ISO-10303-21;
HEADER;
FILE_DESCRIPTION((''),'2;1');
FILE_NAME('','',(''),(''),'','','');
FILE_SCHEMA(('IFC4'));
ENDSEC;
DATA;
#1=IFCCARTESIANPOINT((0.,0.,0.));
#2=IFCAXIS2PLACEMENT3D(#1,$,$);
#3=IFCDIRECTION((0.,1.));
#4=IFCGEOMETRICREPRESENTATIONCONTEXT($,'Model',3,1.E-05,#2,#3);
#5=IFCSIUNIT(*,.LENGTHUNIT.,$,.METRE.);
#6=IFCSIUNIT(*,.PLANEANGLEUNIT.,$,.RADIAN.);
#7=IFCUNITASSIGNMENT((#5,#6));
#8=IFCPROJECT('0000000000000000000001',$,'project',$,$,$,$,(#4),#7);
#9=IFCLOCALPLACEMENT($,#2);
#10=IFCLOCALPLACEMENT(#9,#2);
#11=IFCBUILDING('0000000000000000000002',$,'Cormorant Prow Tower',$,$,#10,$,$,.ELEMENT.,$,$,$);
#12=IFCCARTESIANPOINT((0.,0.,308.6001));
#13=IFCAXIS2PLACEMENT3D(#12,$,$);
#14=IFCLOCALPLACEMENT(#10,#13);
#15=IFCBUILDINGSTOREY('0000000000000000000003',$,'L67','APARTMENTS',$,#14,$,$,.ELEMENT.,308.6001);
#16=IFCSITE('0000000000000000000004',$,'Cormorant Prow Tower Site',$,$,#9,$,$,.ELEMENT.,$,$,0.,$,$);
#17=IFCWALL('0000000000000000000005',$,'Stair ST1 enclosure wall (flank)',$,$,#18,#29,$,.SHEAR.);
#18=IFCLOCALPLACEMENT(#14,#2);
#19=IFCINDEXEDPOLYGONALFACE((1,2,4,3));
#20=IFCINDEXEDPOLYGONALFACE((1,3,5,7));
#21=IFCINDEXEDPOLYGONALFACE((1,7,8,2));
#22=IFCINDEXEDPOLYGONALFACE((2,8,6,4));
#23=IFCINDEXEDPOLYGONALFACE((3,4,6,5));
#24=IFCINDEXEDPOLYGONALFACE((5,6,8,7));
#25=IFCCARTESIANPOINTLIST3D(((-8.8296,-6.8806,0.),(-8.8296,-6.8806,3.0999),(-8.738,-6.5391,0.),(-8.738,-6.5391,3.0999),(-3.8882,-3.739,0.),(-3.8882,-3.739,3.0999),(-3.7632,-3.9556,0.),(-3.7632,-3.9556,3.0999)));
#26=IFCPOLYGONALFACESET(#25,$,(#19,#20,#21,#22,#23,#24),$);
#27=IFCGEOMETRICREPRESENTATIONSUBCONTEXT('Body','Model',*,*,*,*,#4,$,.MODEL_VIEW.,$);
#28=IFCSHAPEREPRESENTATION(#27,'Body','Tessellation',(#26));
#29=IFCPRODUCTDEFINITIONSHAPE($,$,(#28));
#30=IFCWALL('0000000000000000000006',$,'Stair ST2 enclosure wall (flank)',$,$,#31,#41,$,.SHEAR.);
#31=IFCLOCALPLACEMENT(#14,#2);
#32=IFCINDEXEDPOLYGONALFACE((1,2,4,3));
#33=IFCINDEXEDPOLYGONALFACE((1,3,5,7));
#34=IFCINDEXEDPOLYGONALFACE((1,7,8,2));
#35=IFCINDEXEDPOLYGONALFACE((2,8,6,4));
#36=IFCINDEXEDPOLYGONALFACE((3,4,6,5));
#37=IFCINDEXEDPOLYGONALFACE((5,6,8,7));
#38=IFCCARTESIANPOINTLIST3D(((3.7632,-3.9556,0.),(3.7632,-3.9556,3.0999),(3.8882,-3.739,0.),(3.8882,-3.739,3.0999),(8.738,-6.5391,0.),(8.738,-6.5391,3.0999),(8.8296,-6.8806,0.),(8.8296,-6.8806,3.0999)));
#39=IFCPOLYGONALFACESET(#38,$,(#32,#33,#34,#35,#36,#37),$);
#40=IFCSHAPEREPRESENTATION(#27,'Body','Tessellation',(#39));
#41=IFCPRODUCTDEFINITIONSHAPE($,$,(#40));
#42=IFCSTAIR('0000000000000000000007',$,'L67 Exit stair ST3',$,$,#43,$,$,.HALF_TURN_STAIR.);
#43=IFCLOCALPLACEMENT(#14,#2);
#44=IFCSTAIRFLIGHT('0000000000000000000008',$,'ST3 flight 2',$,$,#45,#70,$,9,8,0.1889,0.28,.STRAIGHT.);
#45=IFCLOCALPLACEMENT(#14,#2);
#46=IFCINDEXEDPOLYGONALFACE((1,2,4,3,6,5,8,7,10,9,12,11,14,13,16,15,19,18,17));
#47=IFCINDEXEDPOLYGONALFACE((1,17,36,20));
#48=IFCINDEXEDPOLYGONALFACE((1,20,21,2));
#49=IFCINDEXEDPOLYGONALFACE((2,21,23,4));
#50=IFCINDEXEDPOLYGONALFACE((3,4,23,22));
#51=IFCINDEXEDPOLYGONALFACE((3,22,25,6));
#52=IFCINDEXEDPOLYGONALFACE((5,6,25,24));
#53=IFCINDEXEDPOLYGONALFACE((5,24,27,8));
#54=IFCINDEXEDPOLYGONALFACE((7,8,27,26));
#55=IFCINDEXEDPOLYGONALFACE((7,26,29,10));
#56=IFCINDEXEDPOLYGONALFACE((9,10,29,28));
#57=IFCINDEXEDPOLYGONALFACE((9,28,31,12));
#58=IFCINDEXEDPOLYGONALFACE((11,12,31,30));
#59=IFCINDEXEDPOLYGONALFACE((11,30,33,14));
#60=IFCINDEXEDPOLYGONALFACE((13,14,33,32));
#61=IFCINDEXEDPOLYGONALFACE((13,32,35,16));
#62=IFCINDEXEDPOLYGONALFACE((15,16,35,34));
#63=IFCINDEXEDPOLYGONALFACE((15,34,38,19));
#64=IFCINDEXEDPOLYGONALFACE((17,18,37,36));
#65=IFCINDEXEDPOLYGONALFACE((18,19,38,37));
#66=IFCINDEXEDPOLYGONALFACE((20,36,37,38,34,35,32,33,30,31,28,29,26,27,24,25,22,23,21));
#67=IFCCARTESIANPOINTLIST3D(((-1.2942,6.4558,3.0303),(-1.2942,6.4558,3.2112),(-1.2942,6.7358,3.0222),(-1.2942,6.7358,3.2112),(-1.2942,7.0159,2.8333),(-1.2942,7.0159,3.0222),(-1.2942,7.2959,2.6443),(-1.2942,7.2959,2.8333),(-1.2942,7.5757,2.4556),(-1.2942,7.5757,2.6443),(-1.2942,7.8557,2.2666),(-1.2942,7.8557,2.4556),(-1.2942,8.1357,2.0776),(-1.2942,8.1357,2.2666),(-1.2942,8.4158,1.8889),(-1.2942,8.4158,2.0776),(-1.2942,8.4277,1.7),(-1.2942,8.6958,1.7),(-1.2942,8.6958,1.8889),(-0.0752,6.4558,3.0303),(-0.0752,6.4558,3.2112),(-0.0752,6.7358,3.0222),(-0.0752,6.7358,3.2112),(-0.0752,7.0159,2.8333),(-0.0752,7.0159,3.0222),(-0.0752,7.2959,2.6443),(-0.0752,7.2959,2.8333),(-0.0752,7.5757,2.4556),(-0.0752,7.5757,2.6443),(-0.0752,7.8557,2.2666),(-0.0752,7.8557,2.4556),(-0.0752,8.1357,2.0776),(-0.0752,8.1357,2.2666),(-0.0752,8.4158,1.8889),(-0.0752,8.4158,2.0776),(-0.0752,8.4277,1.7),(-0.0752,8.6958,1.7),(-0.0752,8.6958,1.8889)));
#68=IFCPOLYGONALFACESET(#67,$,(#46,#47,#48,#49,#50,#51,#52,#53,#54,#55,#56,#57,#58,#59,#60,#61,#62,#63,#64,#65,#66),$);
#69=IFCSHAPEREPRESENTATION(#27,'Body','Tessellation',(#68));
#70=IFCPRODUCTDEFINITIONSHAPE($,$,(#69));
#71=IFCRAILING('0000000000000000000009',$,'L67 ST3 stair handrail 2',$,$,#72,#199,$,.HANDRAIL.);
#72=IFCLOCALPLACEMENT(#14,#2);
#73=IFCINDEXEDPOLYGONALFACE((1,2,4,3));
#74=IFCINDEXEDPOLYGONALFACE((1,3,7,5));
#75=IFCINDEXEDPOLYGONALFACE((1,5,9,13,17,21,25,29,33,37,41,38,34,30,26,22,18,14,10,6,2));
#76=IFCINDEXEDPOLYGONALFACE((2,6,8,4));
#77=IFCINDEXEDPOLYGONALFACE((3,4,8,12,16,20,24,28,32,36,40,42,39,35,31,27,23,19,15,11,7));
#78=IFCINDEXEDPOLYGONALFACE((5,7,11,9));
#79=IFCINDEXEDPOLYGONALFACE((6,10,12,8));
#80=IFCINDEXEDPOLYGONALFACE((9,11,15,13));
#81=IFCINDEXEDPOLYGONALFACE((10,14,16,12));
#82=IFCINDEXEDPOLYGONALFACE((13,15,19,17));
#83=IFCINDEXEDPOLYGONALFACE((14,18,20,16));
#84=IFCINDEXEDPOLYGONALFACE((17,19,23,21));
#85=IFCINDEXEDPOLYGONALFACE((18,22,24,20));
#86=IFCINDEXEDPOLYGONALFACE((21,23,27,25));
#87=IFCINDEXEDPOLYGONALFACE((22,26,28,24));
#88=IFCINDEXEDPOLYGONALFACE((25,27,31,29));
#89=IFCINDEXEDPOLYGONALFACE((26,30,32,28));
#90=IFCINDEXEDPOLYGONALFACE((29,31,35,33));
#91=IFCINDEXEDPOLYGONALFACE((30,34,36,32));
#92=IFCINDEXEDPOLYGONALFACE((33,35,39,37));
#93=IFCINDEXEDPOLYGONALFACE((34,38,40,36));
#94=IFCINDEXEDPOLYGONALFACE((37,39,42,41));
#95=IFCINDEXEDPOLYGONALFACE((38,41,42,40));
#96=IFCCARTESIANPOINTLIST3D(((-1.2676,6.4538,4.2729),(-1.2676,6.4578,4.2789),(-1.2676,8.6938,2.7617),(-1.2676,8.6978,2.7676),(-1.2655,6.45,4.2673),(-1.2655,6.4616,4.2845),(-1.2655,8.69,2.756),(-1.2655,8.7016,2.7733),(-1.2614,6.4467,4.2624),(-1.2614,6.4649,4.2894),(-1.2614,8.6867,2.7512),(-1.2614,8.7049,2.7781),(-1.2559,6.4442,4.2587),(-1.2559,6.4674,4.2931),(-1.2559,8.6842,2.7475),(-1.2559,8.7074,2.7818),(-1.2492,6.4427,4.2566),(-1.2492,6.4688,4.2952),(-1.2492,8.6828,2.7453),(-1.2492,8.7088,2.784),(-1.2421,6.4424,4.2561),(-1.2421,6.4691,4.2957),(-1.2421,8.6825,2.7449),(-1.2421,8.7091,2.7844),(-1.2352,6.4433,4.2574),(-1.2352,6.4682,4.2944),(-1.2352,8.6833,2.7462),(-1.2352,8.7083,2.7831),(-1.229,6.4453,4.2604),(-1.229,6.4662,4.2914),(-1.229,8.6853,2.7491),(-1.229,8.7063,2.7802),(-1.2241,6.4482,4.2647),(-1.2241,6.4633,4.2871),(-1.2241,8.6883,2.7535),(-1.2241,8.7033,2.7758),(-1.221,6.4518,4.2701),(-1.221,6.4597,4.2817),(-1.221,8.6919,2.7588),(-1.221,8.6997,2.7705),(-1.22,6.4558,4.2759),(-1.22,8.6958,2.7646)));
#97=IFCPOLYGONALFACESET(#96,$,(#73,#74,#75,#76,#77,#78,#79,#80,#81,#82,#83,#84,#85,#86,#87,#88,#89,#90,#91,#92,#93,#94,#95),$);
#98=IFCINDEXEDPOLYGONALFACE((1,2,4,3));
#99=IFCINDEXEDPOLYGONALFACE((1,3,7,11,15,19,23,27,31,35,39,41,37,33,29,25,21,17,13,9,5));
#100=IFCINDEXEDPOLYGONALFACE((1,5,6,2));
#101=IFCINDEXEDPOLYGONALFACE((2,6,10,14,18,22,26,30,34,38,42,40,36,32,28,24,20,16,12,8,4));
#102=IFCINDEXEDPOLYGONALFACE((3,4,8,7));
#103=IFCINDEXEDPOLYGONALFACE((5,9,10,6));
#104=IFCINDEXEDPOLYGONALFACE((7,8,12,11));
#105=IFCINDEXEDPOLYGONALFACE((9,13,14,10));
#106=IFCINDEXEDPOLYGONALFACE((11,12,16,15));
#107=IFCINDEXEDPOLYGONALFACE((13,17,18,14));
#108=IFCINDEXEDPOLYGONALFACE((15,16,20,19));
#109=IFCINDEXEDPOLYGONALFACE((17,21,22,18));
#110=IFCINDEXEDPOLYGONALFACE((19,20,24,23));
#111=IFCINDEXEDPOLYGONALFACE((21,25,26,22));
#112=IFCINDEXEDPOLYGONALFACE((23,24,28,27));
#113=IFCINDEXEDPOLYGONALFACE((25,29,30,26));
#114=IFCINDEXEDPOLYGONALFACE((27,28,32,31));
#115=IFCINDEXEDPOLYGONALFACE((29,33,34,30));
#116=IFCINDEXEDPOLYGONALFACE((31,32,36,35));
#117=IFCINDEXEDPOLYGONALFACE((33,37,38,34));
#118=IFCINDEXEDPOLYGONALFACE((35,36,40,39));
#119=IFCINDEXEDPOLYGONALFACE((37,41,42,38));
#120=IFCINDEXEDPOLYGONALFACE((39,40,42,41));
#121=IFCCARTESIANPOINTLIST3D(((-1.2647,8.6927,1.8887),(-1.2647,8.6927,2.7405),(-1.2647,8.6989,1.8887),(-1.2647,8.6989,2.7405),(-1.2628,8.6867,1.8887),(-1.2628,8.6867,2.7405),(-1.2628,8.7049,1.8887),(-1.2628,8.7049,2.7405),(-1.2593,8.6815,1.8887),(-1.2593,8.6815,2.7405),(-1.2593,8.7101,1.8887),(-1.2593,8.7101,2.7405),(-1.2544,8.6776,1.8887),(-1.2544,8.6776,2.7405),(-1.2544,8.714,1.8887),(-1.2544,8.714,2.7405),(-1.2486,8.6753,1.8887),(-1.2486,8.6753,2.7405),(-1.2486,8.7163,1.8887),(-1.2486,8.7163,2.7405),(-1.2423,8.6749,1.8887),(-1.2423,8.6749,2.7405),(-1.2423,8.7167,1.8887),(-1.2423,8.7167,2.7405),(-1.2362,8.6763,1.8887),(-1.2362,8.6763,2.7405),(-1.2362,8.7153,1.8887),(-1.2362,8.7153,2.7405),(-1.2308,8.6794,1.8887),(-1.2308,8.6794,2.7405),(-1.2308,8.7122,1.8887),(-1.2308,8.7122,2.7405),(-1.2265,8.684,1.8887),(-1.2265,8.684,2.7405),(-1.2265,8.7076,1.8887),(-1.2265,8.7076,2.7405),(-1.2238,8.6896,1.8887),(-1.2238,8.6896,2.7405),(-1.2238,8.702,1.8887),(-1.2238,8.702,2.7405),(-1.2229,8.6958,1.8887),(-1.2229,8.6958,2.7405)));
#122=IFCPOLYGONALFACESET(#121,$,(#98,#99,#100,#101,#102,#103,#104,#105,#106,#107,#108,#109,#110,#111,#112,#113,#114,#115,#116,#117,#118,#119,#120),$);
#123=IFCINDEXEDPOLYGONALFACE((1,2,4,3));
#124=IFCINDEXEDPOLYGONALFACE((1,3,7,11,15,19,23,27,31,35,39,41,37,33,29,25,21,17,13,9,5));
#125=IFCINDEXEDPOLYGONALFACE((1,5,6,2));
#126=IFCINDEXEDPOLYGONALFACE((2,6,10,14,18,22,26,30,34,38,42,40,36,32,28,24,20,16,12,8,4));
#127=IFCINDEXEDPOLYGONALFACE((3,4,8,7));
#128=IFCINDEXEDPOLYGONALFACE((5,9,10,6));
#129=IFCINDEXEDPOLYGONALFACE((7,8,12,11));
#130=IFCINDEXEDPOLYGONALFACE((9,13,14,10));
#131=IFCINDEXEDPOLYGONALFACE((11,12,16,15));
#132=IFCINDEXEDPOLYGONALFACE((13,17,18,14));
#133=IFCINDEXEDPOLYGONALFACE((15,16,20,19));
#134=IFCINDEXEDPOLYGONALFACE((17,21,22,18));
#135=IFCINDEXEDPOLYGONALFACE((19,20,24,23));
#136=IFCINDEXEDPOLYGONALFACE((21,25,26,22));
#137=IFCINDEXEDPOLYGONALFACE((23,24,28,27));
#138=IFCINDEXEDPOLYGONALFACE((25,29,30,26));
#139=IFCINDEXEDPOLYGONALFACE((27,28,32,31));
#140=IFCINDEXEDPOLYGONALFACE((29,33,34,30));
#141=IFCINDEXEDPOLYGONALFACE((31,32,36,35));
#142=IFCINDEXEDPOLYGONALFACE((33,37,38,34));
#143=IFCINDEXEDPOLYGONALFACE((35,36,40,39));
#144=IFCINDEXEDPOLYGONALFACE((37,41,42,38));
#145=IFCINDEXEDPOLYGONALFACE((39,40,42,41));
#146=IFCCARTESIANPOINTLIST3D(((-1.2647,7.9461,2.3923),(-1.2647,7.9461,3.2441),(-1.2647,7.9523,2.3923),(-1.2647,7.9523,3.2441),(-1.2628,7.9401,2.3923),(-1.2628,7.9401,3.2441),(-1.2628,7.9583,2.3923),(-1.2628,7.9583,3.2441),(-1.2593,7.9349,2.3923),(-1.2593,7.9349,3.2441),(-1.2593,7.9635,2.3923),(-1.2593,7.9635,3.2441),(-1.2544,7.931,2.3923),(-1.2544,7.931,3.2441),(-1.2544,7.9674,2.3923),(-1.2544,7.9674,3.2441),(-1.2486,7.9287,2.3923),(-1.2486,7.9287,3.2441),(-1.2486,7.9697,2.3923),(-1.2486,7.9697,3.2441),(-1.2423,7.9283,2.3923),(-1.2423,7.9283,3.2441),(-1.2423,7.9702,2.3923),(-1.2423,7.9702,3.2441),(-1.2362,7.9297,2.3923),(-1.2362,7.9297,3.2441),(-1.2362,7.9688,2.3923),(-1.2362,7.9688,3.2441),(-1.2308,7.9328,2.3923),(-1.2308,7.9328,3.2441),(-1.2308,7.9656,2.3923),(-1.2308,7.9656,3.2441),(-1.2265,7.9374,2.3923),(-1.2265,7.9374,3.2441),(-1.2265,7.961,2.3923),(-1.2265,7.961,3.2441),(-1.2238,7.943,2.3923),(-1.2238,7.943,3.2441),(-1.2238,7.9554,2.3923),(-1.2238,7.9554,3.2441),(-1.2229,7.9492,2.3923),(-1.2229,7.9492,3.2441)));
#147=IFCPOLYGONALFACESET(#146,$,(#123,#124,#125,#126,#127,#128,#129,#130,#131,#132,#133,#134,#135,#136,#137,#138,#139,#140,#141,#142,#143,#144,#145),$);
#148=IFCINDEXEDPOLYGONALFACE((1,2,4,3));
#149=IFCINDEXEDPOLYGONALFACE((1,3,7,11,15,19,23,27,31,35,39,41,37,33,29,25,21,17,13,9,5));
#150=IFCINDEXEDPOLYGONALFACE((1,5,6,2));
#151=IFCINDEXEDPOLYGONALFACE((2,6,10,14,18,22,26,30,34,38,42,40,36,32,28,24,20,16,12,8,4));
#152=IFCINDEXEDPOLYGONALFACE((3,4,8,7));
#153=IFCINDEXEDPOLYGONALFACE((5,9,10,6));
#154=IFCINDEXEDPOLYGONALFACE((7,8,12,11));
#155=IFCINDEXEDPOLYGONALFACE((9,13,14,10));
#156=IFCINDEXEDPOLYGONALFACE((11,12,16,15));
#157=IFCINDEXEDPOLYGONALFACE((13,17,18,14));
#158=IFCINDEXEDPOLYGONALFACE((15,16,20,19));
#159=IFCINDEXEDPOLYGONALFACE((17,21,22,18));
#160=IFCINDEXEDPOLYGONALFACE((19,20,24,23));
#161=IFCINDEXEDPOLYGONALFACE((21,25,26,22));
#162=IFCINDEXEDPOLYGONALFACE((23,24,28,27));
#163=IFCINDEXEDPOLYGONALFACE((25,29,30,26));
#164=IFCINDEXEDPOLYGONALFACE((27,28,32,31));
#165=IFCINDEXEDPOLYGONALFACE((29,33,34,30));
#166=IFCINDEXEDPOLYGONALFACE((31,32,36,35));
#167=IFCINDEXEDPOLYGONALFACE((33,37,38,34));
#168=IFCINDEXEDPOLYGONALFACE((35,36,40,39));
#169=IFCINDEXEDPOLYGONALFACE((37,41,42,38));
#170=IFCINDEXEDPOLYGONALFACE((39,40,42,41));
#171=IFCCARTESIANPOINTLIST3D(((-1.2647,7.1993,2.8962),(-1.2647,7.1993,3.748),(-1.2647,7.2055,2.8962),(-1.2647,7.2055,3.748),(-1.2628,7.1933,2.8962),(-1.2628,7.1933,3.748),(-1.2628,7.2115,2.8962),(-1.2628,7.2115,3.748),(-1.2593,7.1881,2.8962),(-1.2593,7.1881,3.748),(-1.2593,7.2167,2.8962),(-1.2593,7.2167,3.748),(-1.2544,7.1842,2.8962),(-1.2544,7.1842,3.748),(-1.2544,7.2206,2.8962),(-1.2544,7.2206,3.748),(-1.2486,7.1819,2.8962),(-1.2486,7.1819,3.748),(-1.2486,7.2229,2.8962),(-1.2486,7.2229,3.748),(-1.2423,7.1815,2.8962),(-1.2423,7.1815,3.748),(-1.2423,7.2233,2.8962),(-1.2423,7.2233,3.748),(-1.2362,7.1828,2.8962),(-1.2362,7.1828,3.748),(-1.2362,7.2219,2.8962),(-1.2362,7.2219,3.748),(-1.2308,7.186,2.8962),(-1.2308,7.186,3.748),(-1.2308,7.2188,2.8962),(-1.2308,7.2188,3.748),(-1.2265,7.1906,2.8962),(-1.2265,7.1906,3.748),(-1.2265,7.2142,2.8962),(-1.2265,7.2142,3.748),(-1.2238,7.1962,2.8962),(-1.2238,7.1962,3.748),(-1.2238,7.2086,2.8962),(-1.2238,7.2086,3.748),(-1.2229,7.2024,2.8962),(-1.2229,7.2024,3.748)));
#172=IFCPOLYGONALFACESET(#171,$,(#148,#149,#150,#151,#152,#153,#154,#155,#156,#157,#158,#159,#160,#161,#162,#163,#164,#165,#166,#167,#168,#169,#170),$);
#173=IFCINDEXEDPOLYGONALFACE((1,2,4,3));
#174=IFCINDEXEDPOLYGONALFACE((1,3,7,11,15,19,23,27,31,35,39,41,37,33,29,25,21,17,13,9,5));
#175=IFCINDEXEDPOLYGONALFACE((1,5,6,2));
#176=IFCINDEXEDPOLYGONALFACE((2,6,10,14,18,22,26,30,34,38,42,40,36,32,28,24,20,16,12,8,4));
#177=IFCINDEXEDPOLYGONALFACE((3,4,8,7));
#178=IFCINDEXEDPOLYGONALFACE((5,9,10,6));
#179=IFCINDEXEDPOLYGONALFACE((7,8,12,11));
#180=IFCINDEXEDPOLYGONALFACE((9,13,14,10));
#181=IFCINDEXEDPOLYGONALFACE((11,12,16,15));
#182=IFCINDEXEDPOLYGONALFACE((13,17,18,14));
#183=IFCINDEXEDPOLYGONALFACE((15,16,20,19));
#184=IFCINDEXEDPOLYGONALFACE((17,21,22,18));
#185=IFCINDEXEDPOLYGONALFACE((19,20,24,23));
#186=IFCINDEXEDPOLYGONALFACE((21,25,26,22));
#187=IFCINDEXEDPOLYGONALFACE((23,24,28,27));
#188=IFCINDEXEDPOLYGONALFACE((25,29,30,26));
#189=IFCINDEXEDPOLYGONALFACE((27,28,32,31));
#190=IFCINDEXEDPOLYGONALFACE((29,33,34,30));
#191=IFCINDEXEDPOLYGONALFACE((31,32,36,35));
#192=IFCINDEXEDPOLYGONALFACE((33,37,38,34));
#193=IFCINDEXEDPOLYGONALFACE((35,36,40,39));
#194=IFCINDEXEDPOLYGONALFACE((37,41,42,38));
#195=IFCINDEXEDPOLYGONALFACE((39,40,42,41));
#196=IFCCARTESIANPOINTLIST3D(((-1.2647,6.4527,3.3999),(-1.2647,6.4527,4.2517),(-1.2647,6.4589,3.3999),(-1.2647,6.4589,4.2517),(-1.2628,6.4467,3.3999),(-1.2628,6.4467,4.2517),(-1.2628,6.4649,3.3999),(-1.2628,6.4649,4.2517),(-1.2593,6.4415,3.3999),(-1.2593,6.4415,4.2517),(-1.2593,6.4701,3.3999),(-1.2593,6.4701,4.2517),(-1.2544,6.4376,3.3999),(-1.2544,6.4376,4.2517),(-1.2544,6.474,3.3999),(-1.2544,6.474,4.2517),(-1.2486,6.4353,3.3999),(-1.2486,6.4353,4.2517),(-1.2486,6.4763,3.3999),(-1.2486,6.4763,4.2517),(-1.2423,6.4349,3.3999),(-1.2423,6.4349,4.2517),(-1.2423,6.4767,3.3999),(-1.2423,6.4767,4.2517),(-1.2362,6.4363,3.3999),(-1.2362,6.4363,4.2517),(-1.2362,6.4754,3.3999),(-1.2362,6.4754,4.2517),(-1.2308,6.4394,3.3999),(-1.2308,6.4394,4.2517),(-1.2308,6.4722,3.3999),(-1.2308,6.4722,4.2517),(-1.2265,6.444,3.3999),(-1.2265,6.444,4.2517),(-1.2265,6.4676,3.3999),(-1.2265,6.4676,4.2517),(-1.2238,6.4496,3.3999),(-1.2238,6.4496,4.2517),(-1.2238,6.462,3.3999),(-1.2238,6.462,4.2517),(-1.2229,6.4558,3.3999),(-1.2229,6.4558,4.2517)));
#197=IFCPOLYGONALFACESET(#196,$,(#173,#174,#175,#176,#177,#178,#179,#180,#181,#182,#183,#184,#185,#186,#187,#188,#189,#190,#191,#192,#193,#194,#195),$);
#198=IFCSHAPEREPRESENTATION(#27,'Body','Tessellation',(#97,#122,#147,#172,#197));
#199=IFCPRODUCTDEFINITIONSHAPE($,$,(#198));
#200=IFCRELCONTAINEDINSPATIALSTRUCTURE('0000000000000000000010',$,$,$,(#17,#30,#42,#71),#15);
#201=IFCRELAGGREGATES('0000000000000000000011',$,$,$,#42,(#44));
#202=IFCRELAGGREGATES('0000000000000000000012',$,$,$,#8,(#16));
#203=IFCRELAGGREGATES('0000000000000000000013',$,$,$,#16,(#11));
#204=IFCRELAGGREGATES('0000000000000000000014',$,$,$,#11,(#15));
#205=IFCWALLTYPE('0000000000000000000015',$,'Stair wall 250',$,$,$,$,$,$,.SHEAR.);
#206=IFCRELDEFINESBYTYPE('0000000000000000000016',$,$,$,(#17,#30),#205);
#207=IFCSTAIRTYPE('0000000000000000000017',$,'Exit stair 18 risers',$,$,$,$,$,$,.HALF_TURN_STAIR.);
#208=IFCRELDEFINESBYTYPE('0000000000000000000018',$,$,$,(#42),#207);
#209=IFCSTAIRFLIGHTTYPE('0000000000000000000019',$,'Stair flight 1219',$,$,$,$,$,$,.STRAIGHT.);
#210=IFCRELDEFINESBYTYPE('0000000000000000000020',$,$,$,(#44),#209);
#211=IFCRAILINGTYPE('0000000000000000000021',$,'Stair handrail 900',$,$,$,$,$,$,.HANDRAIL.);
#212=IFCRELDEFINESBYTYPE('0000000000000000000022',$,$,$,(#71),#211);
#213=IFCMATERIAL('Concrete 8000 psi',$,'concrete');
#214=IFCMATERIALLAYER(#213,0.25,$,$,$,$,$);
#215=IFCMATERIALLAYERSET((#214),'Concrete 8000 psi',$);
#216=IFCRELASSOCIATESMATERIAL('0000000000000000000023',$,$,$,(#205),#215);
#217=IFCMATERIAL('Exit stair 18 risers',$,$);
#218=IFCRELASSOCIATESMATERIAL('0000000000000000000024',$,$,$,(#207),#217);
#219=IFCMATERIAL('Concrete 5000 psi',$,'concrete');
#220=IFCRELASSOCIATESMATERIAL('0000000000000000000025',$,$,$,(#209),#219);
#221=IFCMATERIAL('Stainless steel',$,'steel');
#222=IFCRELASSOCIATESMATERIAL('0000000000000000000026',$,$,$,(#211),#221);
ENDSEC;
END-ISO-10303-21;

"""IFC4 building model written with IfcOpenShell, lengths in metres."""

from ifc_helpers import new_model, si_unit, direction, frame, origin, origin_2d, place, context, subcontext, project, spatial, polyline, circle, outline, extrude, material, layer, layer_set, type_object, element, aggregate, save


model = new_model("IFC4")

# Units and contexts
model_context = context("Model", 3, precision=1e-05, world=origin(), true_north=direction((0.0, 1.0)))
body_context = subcontext(model_context, "Body", "Model", "MODEL_VIEW")
ifc_project = project(units=[si_unit("LENGTHUNIT", "METRE"), si_unit("PLANEANGLEUNIT", "RADIAN")], contexts=[model_context])

# Site, building, storey
site_placement = place(None, origin())
site = spatial("IfcSite", under=ifc_project, at=site_placement, Name="Cormorant Prow Tower Site", CompositionType="ELEMENT", RefElevation=0.0)
building_placement = place(site_placement, origin())
building = spatial("IfcBuilding", under=site, at=building_placement, Name="Cormorant Prow Tower", CompositionType="ELEMENT")
storey_placement = place(building_placement, frame((0.0, 0.0, 308.6001)))
storey = spatial("IfcBuildingStorey", under=building, at=storey_placement, Name="L67", Description="APARTMENTS", CompositionType="ELEMENT", Elevation=308.6001)

# Walls
ifc_material_1 = material(Name="Concrete 8000 psi", Category="concrete")
ifc_layer_1 = layer(ifc_material_1, 0.25)
ifc_layer_set_1 = layer_set([ifc_layer_1], Name="Concrete 8000 psi")
wall_type_1 = type_object("IfcWallType", Name="Stair wall 250", PredefinedType="SHEAR", material=ifc_layer_set_1)
wall_1_placement = place(storey_placement, origin())
element("IfcWall", 1, at=wall_1_placement, inside=storey, type_object=wall_type_1, Name="Stair ST1 enclosure wall (flank)", PredefinedType="SHEAR", context=body_context, shape_type="SweptSolid", body=[
    extrude(outline(polyline([(-8.738, -6.5391), (-8.8296, -6.8806), (-3.7632, -3.9556), (-3.8882, -3.739), (-8.738, -6.5391)])), origin(), (0.0, 0.0, 1.0), 3.0999),
])
wall_2_placement = place(storey_placement, origin())
element("IfcWall", 2, at=wall_2_placement, inside=storey, type_object=wall_type_1, Name="Stair ST2 enclosure wall (flank)", PredefinedType="SHEAR", context=body_context, shape_type="SweptSolid", body=[
    extrude(outline(polyline([(3.7632, -3.9556), (8.8296, -6.8806), (8.738, -6.5391), (3.8882, -3.739), (3.7632, -3.9556)])), origin(), (0.0, 0.0, 1.0), 3.0999),
])

# Stair, stair flight
ifc_material_2 = material(Name="Exit stair 18 risers")
stair_type = type_object("IfcStairType", Name="Exit stair 18 risers", PredefinedType="HALF_TURN_STAIR", material=ifc_material_2)
stair_placement = place(storey_placement, origin())
stair = element("IfcStair", 3, at=stair_placement, inside=storey, type_object=stair_type, Name="L67 Exit stair ST3", PredefinedType="HALF_TURN_STAIR")
ifc_material_3 = material(Name="Concrete 5000 psi", Category="concrete")
stair_flight_type = type_object("IfcStairFlightType", Name="Stair flight 1219", PredefinedType="STRAIGHT", material=ifc_material_3)
stair_flight_placement = place(storey_placement, frame((-0.6846, 8.6958, 1.7), z_axis=(0.0, 0.0, 1.0), x_axis=(0.0, -1.0, 0.0)))
stair_flight = element("IfcStairFlight", 4, at=stair_flight_placement, type_object=stair_flight_type, Name="ST3 flight 2", NumberOfRisers=9, NumberOfTreads=8, PredefinedType="STRAIGHT", RiserHeight=0.1889, TreadLength=0.28, context=body_context, shape_type="SweptSolid", body=[
    extrude(outline(polyline([(0.0, 0.0), (0.0, 0.189), (0.28, 0.189), (0.28, 0.3777), (0.5601, 0.3777), (0.5601, 0.5667), (0.8401, 0.5667), (0.8401, 0.7556), (1.1201, 0.7556), (1.1201, 0.9443), (1.3999, 0.9443), (1.3999, 1.1333), (1.6799, 1.1333), (1.6799, 1.3223), (1.96, 1.3223), (1.96, 1.5112), (2.24, 1.5112), (2.24, 1.7), (2.24, 1.3303), (0.2681, 0.0), (0.0, 0.0)])), frame((0.0, 0.6094, 0.0), z_axis=(0.0, -1.0, 0.0), x_axis=(1.0, 0.0, 0.0)), (0.0, 0.0, 1.0), 1.219),
])
aggregate(stair, [stair_flight])

# Railing
ifc_material_4 = material(Name="Stainless steel", Category="steel")
railing_type = type_object("IfcRailingType", Name="Stair handrail 900", PredefinedType="HANDRAIL", material=ifc_material_4)
railing_placement = place(storey_placement, frame((-1.2439, 8.6958, 1.8887)))
element("IfcRailing", 5, at=railing_placement, inside=storey, type_object=railing_type, Name="L67 ST3 stair handrail 2", PredefinedType="HANDRAIL", context=body_context, shape_type="SweptSolid", body=[
    extrude(circle(Radius=0.0239, at=origin_2d()), frame((0.0, 0.0, 0.876), z_axis=(0.0, -0.82898, 0.559279), x_axis=(1.0, 0.0, 0.0)), (0.0, 0.0, 1.0), 2.7021),
    extrude(circle(Radius=0.021, at=origin_2d()), origin(), (0.0, 0.0, 1.0), 0.8518),
    extrude(circle(Radius=0.021, at=origin_2d()), frame((0.0, -0.7466, 0.5037)), (0.0, 0.0, 1.0), 0.8518),
    extrude(circle(Radius=0.021, at=origin_2d()), frame((0.0, -1.4934, 1.0076)), (0.0, 0.0, 1.0), 0.8518),
    extrude(circle(Radius=0.021, at=origin_2d()), frame((0.0, -2.24, 1.5112)), (0.0, 0.0, 1.0), 0.8518),
])

save(model, "model.ifc")
